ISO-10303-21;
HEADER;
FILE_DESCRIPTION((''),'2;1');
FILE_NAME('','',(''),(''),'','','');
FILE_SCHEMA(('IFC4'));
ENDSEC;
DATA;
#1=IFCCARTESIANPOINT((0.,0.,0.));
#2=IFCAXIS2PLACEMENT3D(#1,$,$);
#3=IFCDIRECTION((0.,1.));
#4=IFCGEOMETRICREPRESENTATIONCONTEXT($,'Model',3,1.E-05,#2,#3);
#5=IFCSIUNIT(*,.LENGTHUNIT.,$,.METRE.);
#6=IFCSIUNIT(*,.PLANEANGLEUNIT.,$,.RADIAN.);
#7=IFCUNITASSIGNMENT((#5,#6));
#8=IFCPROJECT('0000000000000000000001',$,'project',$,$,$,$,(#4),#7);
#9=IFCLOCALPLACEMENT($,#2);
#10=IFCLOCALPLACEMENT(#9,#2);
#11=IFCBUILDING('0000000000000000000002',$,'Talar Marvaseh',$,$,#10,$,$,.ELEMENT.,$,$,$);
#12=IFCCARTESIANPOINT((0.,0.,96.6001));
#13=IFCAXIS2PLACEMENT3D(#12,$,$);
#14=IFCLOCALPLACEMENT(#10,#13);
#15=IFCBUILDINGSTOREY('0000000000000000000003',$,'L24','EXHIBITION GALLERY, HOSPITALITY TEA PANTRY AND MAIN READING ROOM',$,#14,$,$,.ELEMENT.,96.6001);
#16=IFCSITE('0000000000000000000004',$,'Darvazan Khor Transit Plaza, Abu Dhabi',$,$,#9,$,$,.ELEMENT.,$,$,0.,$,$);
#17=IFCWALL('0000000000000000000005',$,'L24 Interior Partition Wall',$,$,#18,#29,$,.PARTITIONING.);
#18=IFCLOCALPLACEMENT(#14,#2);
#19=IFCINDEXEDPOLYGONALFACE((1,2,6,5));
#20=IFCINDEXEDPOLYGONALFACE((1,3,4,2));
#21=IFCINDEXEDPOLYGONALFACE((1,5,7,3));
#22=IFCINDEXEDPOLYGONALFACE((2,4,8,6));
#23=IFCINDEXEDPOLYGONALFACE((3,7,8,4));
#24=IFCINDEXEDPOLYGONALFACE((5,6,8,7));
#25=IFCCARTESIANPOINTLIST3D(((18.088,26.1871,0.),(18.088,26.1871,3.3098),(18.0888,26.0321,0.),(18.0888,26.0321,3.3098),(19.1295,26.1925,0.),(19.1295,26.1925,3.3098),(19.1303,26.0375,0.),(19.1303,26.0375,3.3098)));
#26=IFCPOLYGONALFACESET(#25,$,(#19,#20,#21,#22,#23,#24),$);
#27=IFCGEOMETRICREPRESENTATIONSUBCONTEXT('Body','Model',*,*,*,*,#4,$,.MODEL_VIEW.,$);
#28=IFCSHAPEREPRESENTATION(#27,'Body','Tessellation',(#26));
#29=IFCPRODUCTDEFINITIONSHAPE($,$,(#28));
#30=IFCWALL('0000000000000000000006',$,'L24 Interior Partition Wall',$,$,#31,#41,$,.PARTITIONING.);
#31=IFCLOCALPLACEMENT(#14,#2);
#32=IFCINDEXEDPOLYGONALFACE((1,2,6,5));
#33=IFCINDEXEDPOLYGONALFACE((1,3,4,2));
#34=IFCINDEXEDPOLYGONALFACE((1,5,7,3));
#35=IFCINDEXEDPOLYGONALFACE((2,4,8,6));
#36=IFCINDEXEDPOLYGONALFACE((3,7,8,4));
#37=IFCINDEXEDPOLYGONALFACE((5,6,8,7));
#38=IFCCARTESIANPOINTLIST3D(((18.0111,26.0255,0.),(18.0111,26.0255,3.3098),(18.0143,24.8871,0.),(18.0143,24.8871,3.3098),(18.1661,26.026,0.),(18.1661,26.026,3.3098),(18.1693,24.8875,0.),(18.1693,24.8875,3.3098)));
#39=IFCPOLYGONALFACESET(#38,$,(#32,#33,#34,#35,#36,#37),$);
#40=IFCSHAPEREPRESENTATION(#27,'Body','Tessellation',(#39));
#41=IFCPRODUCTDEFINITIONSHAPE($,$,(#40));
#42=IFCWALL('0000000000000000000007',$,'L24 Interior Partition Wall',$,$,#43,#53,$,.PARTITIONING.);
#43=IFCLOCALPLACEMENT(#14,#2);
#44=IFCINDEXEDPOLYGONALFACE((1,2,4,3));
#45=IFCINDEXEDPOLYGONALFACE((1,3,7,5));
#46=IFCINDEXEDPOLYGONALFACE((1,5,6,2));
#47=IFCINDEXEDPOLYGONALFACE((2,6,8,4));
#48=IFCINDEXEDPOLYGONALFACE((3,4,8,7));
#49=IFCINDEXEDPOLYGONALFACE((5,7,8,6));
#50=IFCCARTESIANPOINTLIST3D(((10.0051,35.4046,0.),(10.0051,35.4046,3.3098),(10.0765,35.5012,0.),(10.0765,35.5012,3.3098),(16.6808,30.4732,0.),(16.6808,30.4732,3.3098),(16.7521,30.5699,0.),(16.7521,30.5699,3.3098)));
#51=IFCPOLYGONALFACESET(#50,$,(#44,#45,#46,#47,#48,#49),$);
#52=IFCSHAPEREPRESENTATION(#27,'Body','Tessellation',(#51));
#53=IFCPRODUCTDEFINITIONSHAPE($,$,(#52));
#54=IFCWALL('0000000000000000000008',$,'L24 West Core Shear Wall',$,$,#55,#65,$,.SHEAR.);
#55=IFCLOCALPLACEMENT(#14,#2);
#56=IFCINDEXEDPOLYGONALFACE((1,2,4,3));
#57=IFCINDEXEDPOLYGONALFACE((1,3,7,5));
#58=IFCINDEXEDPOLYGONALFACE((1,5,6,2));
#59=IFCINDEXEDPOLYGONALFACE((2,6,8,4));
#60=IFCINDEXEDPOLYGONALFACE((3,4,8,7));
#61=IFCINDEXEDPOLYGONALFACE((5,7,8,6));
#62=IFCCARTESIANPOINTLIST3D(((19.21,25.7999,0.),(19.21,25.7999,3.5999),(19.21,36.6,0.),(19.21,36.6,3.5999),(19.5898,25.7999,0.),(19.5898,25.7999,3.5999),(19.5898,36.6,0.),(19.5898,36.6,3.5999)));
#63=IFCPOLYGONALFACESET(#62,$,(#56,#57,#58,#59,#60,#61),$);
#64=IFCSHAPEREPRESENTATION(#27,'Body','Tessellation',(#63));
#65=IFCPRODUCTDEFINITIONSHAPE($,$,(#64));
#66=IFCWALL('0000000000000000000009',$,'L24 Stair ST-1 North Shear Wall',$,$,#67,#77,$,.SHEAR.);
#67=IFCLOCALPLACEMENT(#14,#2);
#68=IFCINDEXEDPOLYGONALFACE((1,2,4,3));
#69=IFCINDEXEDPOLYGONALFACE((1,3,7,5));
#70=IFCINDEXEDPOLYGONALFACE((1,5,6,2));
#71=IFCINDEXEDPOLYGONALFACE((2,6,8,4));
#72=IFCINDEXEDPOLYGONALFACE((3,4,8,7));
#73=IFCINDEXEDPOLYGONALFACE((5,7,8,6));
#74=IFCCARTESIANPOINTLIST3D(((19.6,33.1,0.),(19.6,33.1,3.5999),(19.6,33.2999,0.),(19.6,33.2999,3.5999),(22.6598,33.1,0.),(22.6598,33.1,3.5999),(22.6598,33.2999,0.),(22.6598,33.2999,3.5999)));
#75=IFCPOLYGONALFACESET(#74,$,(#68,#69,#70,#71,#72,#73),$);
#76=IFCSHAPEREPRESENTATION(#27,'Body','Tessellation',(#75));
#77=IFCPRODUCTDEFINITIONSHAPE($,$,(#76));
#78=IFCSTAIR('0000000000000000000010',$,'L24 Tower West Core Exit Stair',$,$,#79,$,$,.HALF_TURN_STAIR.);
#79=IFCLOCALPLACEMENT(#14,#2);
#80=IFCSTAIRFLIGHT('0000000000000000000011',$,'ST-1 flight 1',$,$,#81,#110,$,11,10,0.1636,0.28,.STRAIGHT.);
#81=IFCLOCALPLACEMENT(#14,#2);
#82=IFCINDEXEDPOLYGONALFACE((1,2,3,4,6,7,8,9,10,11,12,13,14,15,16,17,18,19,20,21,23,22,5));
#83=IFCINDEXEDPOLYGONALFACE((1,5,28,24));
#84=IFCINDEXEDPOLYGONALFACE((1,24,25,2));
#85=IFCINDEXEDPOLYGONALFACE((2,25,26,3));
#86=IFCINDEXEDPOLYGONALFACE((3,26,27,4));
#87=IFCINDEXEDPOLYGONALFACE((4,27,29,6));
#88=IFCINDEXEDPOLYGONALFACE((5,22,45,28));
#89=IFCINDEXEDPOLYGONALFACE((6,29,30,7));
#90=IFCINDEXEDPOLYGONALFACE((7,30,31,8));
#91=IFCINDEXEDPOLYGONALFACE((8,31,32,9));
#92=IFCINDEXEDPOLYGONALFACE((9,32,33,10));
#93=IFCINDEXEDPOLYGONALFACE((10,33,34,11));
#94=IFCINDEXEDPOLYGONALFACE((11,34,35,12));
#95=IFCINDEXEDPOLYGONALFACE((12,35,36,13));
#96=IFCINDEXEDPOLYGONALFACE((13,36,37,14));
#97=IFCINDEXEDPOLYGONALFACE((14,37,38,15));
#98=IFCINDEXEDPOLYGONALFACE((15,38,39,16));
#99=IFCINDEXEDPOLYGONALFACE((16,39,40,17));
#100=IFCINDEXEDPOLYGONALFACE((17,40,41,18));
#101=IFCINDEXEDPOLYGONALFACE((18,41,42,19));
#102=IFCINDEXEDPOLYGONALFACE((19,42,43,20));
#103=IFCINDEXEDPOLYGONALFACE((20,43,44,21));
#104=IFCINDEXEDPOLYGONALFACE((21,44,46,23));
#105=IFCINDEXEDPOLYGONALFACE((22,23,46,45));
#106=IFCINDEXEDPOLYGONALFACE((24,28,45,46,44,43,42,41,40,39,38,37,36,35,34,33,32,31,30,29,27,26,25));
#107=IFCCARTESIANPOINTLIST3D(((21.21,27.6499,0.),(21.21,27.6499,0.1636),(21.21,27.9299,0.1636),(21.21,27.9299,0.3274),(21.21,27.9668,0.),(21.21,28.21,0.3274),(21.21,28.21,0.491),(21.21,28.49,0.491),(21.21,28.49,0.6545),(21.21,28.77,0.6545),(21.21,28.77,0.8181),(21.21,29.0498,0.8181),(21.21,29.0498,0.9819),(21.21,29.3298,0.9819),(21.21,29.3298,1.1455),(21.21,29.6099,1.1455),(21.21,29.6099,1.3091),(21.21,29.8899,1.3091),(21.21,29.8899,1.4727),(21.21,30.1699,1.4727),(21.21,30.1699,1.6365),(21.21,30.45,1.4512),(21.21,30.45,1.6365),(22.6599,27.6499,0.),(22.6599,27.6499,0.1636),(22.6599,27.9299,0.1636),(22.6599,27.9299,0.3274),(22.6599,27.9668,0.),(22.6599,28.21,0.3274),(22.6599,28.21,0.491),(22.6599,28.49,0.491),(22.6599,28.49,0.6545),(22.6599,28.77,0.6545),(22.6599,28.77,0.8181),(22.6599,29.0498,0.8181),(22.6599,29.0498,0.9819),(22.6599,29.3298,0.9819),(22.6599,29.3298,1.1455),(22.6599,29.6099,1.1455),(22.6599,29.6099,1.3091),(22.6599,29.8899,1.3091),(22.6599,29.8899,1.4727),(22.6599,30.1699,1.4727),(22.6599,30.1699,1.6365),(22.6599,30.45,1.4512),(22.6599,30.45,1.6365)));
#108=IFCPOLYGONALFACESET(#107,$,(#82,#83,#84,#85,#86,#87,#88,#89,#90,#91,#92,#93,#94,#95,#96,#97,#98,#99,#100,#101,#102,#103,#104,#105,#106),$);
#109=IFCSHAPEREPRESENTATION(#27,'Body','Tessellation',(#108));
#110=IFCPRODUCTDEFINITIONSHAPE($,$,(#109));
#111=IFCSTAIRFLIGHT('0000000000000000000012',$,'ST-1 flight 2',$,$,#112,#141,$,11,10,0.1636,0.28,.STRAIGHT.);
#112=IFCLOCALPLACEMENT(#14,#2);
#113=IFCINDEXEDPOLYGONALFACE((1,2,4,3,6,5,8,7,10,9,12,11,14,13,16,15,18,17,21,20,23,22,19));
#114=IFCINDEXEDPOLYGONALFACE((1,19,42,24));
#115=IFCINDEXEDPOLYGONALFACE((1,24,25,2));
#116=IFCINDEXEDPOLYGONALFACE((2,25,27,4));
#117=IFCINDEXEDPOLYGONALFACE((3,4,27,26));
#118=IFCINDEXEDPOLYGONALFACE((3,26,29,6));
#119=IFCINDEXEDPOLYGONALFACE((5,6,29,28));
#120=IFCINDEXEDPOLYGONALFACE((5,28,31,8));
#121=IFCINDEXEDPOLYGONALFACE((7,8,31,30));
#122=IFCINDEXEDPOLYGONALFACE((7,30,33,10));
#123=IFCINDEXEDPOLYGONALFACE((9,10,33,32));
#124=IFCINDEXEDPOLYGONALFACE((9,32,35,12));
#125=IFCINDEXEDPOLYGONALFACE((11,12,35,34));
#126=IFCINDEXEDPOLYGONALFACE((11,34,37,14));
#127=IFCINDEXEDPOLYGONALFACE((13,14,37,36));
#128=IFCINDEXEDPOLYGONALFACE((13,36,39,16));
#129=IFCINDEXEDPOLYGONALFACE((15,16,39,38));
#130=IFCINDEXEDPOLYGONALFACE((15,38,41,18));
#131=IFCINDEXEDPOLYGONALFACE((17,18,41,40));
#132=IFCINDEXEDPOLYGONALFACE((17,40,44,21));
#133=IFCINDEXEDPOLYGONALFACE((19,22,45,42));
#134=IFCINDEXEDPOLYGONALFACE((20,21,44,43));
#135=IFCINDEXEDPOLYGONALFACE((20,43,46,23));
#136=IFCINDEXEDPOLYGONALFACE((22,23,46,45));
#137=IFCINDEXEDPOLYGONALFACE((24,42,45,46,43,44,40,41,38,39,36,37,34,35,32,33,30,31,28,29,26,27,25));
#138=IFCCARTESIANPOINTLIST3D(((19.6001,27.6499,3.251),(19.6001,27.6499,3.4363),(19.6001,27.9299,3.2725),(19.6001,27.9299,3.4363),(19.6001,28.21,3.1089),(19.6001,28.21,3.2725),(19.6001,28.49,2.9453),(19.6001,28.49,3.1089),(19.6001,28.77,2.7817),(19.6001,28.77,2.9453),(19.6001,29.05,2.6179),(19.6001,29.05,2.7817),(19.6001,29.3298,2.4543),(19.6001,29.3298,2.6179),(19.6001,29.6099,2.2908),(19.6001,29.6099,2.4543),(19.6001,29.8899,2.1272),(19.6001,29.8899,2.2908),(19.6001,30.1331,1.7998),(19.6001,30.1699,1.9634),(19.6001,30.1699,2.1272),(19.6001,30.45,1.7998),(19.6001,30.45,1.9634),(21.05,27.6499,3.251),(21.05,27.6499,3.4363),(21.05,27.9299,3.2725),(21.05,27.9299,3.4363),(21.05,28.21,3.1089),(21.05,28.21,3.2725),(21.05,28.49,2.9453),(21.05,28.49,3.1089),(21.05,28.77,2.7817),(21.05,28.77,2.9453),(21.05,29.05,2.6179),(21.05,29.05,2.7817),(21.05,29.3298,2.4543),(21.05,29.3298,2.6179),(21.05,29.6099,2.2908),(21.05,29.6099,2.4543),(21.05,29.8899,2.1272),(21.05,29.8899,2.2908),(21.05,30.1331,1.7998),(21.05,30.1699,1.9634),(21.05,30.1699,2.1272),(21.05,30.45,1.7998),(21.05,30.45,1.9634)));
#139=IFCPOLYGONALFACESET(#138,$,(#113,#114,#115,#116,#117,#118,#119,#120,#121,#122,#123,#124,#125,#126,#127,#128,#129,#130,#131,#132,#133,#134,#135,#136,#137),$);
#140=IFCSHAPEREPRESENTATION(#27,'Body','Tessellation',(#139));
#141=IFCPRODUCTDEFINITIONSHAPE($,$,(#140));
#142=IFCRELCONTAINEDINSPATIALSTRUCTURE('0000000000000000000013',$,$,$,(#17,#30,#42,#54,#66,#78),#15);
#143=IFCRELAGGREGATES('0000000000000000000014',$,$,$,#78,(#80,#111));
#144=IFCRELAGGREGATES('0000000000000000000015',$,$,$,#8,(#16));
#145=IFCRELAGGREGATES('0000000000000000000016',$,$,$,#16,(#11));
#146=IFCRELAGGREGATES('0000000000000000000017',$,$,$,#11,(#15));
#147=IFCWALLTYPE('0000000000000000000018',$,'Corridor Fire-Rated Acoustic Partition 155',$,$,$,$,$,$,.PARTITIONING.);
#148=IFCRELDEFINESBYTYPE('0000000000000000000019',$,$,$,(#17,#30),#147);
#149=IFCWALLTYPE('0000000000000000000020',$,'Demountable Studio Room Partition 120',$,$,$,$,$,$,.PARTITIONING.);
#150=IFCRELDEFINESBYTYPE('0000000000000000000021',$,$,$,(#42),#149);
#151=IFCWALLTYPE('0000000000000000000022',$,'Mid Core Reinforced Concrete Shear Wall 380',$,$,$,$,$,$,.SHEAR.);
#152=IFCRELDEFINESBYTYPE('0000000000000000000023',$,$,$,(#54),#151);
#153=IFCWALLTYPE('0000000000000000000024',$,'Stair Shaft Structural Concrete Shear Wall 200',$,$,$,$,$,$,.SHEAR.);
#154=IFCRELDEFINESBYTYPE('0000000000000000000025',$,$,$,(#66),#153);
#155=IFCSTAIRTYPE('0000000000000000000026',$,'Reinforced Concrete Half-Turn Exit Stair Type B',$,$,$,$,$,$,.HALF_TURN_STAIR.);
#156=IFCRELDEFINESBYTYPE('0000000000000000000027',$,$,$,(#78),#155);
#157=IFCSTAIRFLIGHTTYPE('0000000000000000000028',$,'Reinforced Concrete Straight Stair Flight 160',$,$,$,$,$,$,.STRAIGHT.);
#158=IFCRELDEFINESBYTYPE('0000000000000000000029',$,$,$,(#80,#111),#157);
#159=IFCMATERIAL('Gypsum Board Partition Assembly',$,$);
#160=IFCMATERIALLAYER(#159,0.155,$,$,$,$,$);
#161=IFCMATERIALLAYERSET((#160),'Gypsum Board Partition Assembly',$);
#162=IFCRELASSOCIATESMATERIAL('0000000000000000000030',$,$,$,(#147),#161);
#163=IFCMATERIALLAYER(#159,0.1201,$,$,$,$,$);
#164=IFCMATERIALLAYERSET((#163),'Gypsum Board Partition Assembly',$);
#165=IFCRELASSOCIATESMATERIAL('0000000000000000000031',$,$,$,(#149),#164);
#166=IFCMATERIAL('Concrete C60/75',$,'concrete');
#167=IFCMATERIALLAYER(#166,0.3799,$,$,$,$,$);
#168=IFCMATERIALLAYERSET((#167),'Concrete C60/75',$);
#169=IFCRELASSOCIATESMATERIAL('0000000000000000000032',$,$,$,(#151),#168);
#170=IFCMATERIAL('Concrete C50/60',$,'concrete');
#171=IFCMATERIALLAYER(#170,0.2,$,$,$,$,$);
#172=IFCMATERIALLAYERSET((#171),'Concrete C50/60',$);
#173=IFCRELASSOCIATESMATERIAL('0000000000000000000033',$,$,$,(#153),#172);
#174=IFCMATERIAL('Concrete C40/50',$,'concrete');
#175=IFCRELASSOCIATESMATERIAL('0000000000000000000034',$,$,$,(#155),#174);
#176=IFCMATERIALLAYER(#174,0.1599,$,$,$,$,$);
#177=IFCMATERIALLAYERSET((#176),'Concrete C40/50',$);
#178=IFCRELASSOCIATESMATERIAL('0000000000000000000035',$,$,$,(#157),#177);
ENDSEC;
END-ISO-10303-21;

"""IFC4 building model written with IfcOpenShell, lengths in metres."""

from ifc_helpers import new_model, si_unit, direction, frame, frame_2d, origin, place, context, subcontext, project, spatial, polyline, rectangle, outline, extrude, material, layer, layer_set, type_object, element, aggregate, save


model = new_model("IFC4")

# Units and contexts
model_context = context("Model", 3, precision=1e-05, world=origin(), true_north=direction((0.0, 1.0)))
body_context = subcontext(model_context, "Body", "Model", "MODEL_VIEW")
ifc_project = project(units=[si_unit("LENGTHUNIT", "METRE"), si_unit("PLANEANGLEUNIT", "RADIAN")], contexts=[model_context])

# Site, building, storey
site_placement = place(None, origin())
site = spatial("IfcSite", under=ifc_project, at=site_placement, Name="Darvazan Khor Transit Plaza, Abu Dhabi", CompositionType="ELEMENT", RefElevation=0.0)
building_placement = place(site_placement, origin())
building = spatial("IfcBuilding", under=site, at=building_placement, Name="Talar Marvaseh", CompositionType="ELEMENT")
storey_placement = place(building_placement, frame((0.0, 0.0, 96.6001)))
storey = spatial("IfcBuildingStorey", under=building, at=storey_placement, Name="L24", Description="EXHIBITION GALLERY, HOSPITALITY TEA PANTRY AND MAIN READING ROOM", CompositionType="ELEMENT", Elevation=96.6001)

# Shared definitions
ifc_material_1 = material(Name="Gypsum Board Partition Assembly")
ifc_layer_1 = layer(ifc_material_1, 0.155)
ifc_layer_set_1 = layer_set([ifc_layer_1], Name="Gypsum Board Partition Assembly")
wall_type_1 = type_object("IfcWallType", Name="Corridor Fire-Rated Acoustic Partition 155", PredefinedType="PARTITIONING", material=ifc_layer_set_1)

# Walls
wall_1_placement = place(storey_placement, frame((19.1299, 26.115, 0.0), z_axis=(0.0, 0.0, 1.0), x_axis=(-0.999987, -0.005157, 0.0)))
element("IfcWall", 1, at=wall_1_placement, inside=storey, type_object=wall_type_1, Name="L24 Interior Partition Wall", PredefinedType="PARTITIONING", context=body_context, shape_type="SweptSolid", body=[
    extrude(rectangle(XDim=1.0415, YDim=0.155, at=frame_2d((0.5208, 0.0))), origin(), (0.0, 0.0, 1.0), 3.3098),
])
wall_2_placement = place(storey_placement, frame((18.0886, 26.0259, 0.0), z_axis=(0.0, 0.0, 1.0), x_axis=(0.002788, -0.999996, 0.0)))
element("IfcWall", 2, at=wall_2_placement, inside=storey, type_object=wall_type_1, Name="L24 Interior Partition Wall", PredefinedType="PARTITIONING", context=body_context, shape_type="SweptSolid", body=[
    extrude(rectangle(XDim=1.1384, YDim=0.155, at=frame_2d((0.5693, 0.0))), origin(), (0.0, 0.0, 1.0), 3.3098),
])
ifc_layer_2 = layer(ifc_material_1, 0.1201)
ifc_layer_set_2 = layer_set([ifc_layer_2], Name="Gypsum Board Partition Assembly")
wall_type_2 = type_object("IfcWallType", Name="Demountable Studio Room Partition 120", PredefinedType="PARTITIONING", material=ifc_layer_set_2)
wall_3_placement = place(storey_placement, frame((16.7166, 30.5215, 0.0), z_axis=(0.0, 0.0, 1.0), x_axis=(-0.804342, 0.594167, 0.0)))
element("IfcWall", 3, at=wall_3_placement, inside=storey, type_object=wall_type_2, Name="L24 Interior Partition Wall", PredefinedType="PARTITIONING", context=body_context, shape_type="SweptSolid", body=[
    extrude(rectangle(XDim=8.2996, YDim=0.1201, at=frame_2d((4.1499, 0.0))), origin(), (0.0, 0.0, 1.0), 3.3098),
])
ifc_material_2 = material(Name="Concrete C60/75", Category="concrete")
ifc_layer_3 = layer(ifc_material_2, 0.3799)
ifc_layer_set_3 = layer_set([ifc_layer_3], Name="Concrete C60/75")
wall_type_3 = type_object("IfcWallType", Name="Mid Core Reinforced Concrete Shear Wall 380", PredefinedType="SHEAR", material=ifc_layer_set_3)
wall_4_placement = place(storey_placement, frame((19.3999, 25.8, 0.0), z_axis=(0.0, 0.0, 1.0), x_axis=(0.0, 1.0, 0.0)))
element("IfcWall", 4, at=wall_4_placement, inside=storey, type_object=wall_type_3, Name="L24 West Core Shear Wall", PredefinedType="SHEAR", context=body_context, shape_type="SweptSolid", body=[
    extrude(rectangle(XDim=10.8, YDim=0.3799, at=frame_2d((5.3999, 0.0))), origin(), (0.0, 0.0, 1.0), 3.5999),
])
ifc_material_3 = material(Name="Concrete C50/60", Category="concrete")
ifc_layer_4 = layer(ifc_material_3, 0.2)
ifc_layer_set_4 = layer_set([ifc_layer_4], Name="Concrete C50/60")
wall_type_4 = type_object("IfcWallType", Name="Stair Shaft Structural Concrete Shear Wall 200", PredefinedType="SHEAR", material=ifc_layer_set_4)
wall_5_placement = place(storey_placement, frame((19.6001, 33.2, 0.0), z_axis=(0.0, 0.0, 1.0), x_axis=(1.0, 0.0, 0.0)))
element("IfcWall", 5, at=wall_5_placement, inside=storey, type_object=wall_type_4, Name="L24 Stair ST-1 North Shear Wall", PredefinedType="SHEAR", context=body_context, shape_type="SweptSolid", body=[
    extrude(rectangle(XDim=3.0598, YDim=0.2, at=frame_2d((1.5298, 0.0))), origin(), (0.0, 0.0, 1.0), 3.5999),
])

# Stair, stair flights
ifc_material_4 = material(Name="Concrete C40/50", Category="concrete")
stair_type = type_object("IfcStairType", Name="Reinforced Concrete Half-Turn Exit Stair Type B", PredefinedType="HALF_TURN_STAIR", material=ifc_material_4)
stair_placement = place(storey_placement, origin())
stair = element("IfcStair", 6, at=stair_placement, inside=storey, type_object=stair_type, Name="L24 Tower West Core Exit Stair", PredefinedType="HALF_TURN_STAIR")
ifc_layer_5 = layer(ifc_material_4, 0.1599)
ifc_layer_set_5 = layer_set([ifc_layer_5], Name="Concrete C40/50")
stair_flight_type = type_object("IfcStairFlightType", Name="Reinforced Concrete Straight Stair Flight 160", PredefinedType="STRAIGHT", material=ifc_layer_set_5)
stair_flight_1_placement = place(storey_placement, frame((21.9351, 27.6499, 0.0), z_axis=(0.0, 0.0, 1.0), x_axis=(0.0, 1.0, 0.0)))
stair_flight_1 = element("IfcStairFlight", 7, at=stair_flight_1_placement, type_object=stair_flight_type, Name="ST-1 flight 1", NumberOfRisers=11, NumberOfTreads=10, PredefinedType="STRAIGHT", RiserHeight=0.1636, TreadLength=0.28, context=body_context, shape_type="SweptSolid", body=[
    extrude(outline(polyline([(0.0, 0.0), (0.0, 0.1636), (0.28, 0.1636), (0.28, 0.3274), (0.5601, 0.3274), (0.5601, 0.491), (0.8401, 0.491), (0.8401, 0.6545), (1.1201, 0.6545), (1.1201, 0.8181), (1.3999, 0.8181), (1.3999, 0.9819), (1.6799, 0.9819), (1.6799, 1.1455), (1.96, 1.1455), (1.96, 1.3091), (2.24, 1.3091), (2.24, 1.4727), (2.52, 1.4727), (2.52, 1.6365), (2.8, 1.6365), (2.8, 1.8), (2.8, 1.4512), (0.3169, 0.0), (0.0, 0.0)])), frame((0.0, 0.7251, 0.0), z_axis=(0.0, -1.0, 0.0), x_axis=(1.0, 0.0, 0.0)), (0.0, 0.0, 1.0), 1.45),
])
stair_flight_2_placement = place(storey_placement, frame((20.325, 30.45, 1.7998), z_axis=(0.0, 0.0, 1.0), x_axis=(0.0, -1.0, 0.0)))
stair_flight_2 = element("IfcStairFlight", 8, at=stair_flight_2_placement, type_object=stair_flight_type, Name="ST-1 flight 2", NumberOfRisers=11, NumberOfTreads=10, PredefinedType="STRAIGHT", RiserHeight=0.1636, TreadLength=0.28, context=body_context, shape_type="SweptSolid", body=[
    extrude(outline(polyline([(0.0, 0.0), (0.0, 0.1636), (0.28, 0.1636), (0.28, 0.3274), (0.5601, 0.3274), (0.5601, 0.491), (0.8401, 0.491), (0.8401, 0.6545), (1.1201, 0.6545), (1.1201, 0.8181), (1.3999, 0.8181), (1.3999, 0.9819), (1.6799, 0.9819), (1.6799, 1.1455), (1.96, 1.1455), (1.96, 1.3091), (2.24, 1.3091), (2.24, 1.4727), (2.52, 1.4727), (2.52, 1.6365), (2.8, 1.6365), (2.8, 1.8), (2.8, 1.4512), (0.3169, 0.0), (0.0, 0.0)])), frame((0.0, 0.7251, 0.0), z_axis=(0.0, -1.0, 0.0), x_axis=(1.0, 0.0, 0.0)), (0.0, 0.0, 1.0), 1.45),
])
aggregate(stair, [stair_flight_1, stair_flight_2])

save(model, "model.ifc")
